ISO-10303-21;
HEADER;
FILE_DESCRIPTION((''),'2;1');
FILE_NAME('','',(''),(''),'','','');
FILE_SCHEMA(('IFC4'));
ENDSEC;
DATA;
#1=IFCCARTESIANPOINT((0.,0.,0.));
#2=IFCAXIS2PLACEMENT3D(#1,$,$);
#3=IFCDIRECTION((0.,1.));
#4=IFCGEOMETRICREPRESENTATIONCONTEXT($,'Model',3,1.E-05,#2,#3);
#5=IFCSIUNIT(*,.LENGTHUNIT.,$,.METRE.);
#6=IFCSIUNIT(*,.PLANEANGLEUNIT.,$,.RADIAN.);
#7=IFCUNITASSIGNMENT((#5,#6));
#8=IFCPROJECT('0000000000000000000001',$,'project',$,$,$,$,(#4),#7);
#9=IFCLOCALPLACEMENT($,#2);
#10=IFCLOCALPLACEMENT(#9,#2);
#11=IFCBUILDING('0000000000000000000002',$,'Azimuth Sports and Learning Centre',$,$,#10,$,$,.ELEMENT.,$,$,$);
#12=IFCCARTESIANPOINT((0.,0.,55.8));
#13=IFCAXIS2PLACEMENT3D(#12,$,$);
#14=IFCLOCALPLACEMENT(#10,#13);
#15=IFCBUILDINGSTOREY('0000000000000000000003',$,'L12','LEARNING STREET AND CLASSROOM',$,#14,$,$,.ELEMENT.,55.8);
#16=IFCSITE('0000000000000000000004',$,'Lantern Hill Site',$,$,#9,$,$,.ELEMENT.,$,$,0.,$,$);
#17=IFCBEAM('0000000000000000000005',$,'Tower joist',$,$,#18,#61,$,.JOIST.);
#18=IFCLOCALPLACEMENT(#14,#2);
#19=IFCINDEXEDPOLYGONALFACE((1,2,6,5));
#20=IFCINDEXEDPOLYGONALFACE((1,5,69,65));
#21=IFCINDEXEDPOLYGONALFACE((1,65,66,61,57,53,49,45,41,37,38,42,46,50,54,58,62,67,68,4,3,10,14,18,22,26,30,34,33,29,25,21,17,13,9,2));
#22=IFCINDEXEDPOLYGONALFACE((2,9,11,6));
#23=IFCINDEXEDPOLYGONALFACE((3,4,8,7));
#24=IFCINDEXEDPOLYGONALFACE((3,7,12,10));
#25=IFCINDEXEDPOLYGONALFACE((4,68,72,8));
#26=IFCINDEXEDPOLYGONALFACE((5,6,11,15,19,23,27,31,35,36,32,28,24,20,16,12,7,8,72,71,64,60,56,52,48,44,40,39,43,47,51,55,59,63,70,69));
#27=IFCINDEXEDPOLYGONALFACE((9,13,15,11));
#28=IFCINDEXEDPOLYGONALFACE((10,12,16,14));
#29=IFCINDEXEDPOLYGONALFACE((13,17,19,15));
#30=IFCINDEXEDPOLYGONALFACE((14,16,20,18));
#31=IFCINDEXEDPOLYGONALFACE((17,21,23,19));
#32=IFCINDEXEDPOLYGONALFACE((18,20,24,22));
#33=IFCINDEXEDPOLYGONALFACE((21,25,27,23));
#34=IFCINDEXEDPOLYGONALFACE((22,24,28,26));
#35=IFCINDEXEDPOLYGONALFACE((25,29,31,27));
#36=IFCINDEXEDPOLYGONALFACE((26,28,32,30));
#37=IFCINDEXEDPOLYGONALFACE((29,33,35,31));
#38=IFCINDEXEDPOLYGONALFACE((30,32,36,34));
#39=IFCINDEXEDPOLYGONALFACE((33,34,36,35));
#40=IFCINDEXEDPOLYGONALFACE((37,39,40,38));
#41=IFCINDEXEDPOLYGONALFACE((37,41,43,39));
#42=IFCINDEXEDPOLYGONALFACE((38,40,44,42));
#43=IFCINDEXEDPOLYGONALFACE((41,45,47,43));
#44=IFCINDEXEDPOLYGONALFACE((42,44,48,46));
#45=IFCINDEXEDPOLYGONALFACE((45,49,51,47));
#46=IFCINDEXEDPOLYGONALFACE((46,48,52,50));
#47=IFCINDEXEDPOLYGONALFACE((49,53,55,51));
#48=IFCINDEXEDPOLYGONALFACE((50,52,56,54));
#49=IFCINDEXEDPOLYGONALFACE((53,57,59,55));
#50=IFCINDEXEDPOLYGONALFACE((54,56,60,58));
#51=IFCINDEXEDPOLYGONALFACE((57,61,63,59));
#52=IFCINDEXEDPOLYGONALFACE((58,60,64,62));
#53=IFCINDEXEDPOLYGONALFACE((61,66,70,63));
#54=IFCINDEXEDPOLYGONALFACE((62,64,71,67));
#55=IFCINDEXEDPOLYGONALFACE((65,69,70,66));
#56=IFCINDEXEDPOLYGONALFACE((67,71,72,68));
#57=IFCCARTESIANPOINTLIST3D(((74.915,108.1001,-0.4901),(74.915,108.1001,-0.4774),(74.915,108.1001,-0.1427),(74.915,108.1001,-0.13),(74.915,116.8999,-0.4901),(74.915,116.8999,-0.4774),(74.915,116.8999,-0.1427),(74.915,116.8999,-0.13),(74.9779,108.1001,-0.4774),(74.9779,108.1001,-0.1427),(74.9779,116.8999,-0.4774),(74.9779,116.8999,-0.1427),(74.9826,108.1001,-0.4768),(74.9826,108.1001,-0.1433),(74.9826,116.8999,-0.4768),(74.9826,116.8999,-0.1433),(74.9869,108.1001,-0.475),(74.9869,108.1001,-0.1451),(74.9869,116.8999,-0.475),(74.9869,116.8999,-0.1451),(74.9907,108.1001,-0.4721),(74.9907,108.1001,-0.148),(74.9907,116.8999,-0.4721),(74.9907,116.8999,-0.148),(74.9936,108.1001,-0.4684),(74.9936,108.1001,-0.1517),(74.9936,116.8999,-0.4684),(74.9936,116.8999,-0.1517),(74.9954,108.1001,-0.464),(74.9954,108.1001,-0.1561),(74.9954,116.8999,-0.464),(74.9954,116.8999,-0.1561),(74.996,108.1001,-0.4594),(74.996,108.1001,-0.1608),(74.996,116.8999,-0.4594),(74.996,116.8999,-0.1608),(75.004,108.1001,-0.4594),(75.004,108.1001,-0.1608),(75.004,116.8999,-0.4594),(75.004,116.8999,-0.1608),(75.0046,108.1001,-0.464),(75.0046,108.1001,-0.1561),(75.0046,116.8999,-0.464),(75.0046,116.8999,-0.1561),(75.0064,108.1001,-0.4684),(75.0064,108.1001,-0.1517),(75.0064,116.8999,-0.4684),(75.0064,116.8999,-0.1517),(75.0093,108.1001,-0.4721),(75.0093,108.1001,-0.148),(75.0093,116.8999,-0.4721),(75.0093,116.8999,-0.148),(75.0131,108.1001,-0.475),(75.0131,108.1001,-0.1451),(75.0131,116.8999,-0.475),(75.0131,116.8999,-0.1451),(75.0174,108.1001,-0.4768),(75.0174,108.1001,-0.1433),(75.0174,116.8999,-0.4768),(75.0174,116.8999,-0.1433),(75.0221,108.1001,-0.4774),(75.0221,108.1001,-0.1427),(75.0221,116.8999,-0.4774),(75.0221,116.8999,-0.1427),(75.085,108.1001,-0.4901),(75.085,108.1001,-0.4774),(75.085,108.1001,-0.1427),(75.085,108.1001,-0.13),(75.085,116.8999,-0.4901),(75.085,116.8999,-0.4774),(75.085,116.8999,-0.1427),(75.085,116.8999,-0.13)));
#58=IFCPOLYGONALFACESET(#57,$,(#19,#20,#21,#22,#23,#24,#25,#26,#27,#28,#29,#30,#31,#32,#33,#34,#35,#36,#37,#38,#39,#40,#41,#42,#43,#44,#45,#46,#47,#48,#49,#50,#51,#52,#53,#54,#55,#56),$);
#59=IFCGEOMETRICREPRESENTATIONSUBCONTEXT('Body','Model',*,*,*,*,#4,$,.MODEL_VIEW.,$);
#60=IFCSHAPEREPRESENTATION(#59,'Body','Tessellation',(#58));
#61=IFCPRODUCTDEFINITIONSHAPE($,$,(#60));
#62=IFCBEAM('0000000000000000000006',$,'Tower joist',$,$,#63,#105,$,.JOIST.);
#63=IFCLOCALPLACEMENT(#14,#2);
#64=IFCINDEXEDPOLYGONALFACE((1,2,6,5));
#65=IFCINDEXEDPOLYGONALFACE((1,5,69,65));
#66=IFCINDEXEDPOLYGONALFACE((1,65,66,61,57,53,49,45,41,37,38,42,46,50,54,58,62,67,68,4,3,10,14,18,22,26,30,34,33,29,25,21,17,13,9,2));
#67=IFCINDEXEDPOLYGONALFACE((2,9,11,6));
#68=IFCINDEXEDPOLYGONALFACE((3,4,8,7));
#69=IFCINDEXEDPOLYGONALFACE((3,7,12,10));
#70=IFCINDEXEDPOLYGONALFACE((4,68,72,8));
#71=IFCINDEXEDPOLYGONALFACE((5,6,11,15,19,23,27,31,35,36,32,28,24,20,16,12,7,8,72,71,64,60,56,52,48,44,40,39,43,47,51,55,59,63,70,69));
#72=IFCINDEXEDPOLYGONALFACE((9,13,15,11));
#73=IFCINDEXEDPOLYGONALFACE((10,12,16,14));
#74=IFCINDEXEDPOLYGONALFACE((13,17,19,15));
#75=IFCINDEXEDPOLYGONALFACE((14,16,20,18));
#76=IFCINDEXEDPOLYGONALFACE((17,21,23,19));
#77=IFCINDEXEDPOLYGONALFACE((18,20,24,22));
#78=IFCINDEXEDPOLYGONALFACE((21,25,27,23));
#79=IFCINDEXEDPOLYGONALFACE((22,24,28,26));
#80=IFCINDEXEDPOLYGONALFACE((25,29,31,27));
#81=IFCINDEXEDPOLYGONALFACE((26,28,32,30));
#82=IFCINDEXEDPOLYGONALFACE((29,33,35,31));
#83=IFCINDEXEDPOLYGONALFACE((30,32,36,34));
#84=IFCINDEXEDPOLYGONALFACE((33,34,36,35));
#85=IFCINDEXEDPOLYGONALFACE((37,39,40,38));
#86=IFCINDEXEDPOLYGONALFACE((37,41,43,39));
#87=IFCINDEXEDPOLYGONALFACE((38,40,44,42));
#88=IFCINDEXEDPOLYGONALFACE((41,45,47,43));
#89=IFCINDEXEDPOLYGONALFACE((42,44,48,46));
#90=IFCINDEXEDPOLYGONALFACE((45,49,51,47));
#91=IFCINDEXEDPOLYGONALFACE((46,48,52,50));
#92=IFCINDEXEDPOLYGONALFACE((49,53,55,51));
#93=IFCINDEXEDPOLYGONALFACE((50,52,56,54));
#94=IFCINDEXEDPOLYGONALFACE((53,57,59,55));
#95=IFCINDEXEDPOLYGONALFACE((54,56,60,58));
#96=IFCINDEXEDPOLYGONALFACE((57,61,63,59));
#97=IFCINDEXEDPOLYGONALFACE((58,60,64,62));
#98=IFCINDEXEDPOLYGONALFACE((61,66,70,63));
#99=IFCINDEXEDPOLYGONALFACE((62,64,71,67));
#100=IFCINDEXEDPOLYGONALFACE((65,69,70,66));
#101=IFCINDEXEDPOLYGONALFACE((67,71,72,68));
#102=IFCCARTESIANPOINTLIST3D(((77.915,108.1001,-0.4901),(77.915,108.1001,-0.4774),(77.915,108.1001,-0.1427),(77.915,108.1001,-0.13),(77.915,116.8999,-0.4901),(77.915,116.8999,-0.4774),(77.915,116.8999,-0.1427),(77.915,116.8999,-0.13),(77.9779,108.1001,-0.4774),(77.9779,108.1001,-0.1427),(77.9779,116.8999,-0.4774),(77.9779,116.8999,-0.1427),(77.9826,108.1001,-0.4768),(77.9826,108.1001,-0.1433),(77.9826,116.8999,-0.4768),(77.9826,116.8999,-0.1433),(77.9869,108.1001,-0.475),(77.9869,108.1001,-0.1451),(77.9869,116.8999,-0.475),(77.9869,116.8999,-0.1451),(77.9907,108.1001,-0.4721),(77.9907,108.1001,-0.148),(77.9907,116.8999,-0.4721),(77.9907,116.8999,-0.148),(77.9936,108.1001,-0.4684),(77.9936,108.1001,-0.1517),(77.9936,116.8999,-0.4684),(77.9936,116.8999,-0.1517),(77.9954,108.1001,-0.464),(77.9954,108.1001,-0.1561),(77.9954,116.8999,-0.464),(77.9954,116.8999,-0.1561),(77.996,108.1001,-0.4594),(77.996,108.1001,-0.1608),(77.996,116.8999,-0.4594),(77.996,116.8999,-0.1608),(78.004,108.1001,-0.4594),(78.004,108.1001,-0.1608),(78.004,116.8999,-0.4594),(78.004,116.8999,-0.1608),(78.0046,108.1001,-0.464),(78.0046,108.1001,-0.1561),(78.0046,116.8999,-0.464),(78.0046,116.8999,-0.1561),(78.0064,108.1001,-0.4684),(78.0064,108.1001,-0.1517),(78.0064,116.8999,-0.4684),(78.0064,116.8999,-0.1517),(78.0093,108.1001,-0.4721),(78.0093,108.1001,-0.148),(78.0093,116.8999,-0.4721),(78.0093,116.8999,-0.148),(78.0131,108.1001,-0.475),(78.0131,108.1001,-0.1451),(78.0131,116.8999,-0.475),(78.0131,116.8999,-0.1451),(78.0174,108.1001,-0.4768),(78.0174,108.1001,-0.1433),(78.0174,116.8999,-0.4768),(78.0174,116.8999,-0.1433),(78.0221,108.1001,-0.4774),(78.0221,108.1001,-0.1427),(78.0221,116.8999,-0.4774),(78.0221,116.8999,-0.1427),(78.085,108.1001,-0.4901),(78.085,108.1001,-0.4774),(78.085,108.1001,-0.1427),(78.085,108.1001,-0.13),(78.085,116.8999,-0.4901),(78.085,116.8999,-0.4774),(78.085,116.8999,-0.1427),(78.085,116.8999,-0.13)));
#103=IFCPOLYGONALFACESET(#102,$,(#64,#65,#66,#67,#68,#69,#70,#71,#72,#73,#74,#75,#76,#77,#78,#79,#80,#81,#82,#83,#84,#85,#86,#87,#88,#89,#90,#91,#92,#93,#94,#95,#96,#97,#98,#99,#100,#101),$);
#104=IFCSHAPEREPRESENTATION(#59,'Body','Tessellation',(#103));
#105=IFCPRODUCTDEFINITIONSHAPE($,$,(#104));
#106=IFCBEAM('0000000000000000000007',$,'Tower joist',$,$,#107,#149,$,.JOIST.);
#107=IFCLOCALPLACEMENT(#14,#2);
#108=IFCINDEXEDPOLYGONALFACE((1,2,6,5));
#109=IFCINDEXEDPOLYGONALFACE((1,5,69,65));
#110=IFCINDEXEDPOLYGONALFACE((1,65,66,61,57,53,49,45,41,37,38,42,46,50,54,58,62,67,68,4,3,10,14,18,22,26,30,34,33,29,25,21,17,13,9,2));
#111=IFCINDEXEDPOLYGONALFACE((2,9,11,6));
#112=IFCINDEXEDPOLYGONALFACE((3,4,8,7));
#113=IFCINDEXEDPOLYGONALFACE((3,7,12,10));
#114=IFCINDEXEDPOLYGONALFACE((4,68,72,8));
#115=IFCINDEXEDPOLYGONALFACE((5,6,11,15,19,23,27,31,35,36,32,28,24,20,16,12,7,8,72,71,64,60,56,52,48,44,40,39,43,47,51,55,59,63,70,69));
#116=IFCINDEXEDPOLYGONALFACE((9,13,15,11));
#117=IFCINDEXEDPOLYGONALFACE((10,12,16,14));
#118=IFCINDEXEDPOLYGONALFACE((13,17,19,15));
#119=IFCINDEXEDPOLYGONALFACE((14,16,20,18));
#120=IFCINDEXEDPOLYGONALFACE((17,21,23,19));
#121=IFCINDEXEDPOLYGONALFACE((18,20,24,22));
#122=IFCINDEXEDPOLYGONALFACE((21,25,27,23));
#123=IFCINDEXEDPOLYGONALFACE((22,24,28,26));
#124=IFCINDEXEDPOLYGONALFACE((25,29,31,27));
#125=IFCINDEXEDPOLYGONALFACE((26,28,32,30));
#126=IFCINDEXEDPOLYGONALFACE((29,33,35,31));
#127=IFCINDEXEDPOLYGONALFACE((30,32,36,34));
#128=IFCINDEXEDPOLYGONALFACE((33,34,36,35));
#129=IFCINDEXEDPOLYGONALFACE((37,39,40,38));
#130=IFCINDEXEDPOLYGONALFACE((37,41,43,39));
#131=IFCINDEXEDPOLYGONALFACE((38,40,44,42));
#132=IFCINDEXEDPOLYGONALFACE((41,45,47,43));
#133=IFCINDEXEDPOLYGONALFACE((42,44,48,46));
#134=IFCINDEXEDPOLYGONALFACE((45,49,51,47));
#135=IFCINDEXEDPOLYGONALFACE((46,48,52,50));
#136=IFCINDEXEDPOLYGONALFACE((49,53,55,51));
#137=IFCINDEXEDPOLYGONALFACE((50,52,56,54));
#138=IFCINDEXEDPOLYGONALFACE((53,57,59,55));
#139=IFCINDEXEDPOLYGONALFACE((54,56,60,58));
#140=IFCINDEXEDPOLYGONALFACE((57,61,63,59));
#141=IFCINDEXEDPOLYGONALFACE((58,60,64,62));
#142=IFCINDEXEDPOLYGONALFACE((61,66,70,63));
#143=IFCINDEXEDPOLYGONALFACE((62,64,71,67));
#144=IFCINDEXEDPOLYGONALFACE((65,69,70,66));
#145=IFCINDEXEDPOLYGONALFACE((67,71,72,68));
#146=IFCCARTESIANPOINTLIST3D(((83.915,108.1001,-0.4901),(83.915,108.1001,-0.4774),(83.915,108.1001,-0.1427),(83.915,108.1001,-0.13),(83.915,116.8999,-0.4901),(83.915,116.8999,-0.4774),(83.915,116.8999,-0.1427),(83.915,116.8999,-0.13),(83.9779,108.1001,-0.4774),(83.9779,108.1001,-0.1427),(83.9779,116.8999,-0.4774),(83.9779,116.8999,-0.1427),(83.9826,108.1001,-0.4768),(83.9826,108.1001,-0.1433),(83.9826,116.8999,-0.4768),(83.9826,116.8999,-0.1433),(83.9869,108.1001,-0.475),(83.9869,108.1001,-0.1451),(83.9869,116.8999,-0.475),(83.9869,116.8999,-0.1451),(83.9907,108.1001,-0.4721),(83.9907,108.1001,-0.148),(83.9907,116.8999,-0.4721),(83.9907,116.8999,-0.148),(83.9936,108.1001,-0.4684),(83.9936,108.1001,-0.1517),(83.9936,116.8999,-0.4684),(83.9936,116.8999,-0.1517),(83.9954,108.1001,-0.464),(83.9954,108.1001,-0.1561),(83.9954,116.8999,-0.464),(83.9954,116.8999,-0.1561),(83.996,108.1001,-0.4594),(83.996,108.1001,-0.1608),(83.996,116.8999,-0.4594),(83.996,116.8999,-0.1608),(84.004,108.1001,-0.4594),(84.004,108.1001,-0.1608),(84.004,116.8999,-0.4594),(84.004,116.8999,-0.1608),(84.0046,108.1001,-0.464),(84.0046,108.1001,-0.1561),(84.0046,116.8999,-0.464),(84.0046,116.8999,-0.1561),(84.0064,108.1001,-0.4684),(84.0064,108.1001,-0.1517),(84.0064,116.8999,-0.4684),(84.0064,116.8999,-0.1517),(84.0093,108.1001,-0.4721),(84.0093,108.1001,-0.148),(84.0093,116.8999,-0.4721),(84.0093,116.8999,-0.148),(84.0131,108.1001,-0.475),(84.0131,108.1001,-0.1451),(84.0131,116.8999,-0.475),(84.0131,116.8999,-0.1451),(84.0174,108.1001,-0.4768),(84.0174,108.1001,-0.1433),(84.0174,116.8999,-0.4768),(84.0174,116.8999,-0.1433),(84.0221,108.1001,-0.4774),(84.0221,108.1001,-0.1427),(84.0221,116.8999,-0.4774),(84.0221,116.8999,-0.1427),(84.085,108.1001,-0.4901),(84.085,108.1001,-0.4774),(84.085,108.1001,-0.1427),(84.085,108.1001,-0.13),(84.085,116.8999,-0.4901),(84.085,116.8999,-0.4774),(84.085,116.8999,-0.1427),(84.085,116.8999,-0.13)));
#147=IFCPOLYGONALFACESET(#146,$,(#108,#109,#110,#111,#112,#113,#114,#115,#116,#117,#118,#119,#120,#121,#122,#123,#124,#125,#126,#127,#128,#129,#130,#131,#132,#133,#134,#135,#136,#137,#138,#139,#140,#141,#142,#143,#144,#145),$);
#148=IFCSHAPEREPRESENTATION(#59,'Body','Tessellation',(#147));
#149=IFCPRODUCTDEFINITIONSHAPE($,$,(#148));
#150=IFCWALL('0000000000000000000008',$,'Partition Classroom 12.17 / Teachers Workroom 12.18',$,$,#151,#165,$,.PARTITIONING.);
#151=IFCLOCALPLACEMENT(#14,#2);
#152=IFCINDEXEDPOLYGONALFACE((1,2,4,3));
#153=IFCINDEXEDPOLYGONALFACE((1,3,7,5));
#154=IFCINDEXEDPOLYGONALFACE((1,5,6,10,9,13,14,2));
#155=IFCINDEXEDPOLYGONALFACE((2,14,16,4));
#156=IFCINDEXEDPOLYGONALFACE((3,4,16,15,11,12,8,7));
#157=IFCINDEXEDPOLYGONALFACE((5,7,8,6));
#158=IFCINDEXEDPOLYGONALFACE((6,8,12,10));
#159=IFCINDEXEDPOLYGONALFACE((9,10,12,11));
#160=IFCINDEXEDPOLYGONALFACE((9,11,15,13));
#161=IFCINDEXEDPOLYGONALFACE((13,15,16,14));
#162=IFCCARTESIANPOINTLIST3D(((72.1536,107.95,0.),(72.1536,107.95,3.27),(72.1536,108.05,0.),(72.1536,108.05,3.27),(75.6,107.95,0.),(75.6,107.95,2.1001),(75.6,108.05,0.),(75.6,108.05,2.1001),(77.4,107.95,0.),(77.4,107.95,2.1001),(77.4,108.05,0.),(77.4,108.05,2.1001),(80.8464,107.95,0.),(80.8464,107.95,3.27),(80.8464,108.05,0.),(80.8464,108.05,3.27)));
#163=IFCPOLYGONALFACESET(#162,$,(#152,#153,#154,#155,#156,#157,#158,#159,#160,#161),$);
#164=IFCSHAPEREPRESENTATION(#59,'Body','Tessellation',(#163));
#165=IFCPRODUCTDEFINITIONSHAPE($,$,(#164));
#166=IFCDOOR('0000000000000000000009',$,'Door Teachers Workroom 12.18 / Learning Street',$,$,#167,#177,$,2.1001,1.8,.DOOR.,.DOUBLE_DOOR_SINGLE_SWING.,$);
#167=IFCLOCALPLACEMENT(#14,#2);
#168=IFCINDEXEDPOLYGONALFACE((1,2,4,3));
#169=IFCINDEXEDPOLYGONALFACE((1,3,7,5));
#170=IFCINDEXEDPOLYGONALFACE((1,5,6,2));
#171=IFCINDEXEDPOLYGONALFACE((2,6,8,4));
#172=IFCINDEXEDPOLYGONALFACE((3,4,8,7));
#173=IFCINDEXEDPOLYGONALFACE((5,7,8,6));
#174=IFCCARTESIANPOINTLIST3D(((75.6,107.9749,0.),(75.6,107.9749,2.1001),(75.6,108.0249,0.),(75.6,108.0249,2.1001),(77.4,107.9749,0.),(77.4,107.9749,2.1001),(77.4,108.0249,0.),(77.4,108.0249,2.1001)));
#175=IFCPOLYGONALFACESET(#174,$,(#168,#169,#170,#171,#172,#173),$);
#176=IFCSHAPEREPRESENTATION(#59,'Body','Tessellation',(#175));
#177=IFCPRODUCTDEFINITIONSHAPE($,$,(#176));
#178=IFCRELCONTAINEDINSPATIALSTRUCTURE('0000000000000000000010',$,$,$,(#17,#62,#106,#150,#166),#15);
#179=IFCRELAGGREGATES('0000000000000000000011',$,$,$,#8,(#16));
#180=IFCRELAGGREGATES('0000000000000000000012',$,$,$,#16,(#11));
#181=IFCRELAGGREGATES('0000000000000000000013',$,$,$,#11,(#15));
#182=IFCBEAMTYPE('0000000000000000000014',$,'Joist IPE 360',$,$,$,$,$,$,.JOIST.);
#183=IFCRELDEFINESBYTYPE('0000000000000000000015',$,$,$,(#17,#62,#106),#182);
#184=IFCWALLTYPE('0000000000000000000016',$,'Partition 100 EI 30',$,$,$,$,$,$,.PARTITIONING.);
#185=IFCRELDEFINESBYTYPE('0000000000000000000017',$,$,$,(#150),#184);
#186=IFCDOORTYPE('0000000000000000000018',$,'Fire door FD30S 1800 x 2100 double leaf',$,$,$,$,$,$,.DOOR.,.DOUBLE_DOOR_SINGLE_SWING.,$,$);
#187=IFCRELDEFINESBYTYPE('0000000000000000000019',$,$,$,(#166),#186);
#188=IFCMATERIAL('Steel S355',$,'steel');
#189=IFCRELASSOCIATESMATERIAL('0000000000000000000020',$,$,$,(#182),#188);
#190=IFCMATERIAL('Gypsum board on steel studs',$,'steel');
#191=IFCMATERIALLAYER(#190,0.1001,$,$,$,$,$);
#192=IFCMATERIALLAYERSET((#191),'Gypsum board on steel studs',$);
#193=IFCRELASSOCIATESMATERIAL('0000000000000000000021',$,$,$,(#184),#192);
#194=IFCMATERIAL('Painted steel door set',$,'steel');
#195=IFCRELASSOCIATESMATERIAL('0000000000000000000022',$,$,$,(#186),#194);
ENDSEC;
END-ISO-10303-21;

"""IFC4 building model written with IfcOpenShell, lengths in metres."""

from ifc_helpers import new_model, si_unit, direction, frame, frame_2d, origin, origin_2d, place, context, subcontext, project, spatial, rectangle, i_section, extrude, material, layer, layer_set, material_profile, profile_set, type_object, element, fill, save


model = new_model("IFC4")

# Units and contexts
model_context = context("Model", 3, precision=1e-05, world=origin(), true_north=direction((0.0, 1.0)))
body_context = subcontext(model_context, "Body", "Model", "MODEL_VIEW")
ifc_project = project(units=[si_unit("LENGTHUNIT", "METRE"), si_unit("PLANEANGLEUNIT", "RADIAN")], contexts=[model_context])

# Site, building, storey
site_placement = place(None, origin())
site = spatial("IfcSite", under=ifc_project, at=site_placement, Name="Lantern Hill Site", CompositionType="ELEMENT", RefElevation=0.0)
building_placement = place(site_placement, origin())
building = spatial("IfcBuilding", under=site, at=building_placement, Name="Azimuth Sports and Learning Centre", CompositionType="ELEMENT")
storey_placement = place(building_placement, frame((0.0, 0.0, 55.8)))
storey = spatial("IfcBuildingStorey", under=building, at=storey_placement, Name="L12", Description="LEARNING STREET AND CLASSROOM", CompositionType="ELEMENT", Elevation=55.8)

# Beams
ifc_material_1 = material(Name="Steel S355", Category="steel")
ifc_material_profile_1 = material_profile(ifc_material_1, i_section(OverallWidth=0.1699, OverallDepth=0.3601, WebThickness=0.0081, FlangeThickness=0.0127, FilletRadius=0.0181, at=origin_2d()), Name="IPE 360")
ifc_profile_set_1 = profile_set([ifc_material_profile_1], Name="Steel S355")
beam_type_1 = type_object("IfcBeamType", Name="Joist IPE 360", PredefinedType="JOIST", material=ifc_profile_set_1)
for number, where, z_axis, x_axis, name in (
    (1, (75.0, 108.1001, -0.3101), (0.0, 1.0, 0.0), (-1.0, 0.0, 0.0), "Tower joist"),
    (2, (78.0, 108.1001, -0.3101), (0.0, 1.0, 0.0), (-1.0, 0.0, 0.0), "Tower joist"),
    (3, (84.0, 108.1001, -0.3101), (0.0, 1.0, 0.0), (-1.0, 0.0, 0.0), "Tower joist"),
):
    element("IfcBeam", number, at=place(storey_placement, frame(where, z_axis=z_axis, x_axis=x_axis)), inside=storey, type_object=beam_type_1, Name=name, PredefinedType="JOIST", context=body_context, shape_type="SweptSolid", body=[
        extrude(i_section(OverallWidth=0.1699, OverallDepth=0.3601, WebThickness=0.0081, FlangeThickness=0.0127, FilletRadius=0.0181, at=origin_2d()), origin(), (0.0, 0.0, 1.0), 8.7998),
    ])

# Wall, opening, door
ifc_material_2 = material(Name="Gypsum board on steel studs", Category="steel")
ifc_layer_1 = layer(ifc_material_2, 0.1001)
ifc_layer_set_1 = layer_set([ifc_layer_1], Name="Gypsum board on steel studs")
wall_type_1 = type_object("IfcWallType", Name="Partition 100 EI 30", PredefinedType="PARTITIONING", material=ifc_layer_set_1)
wall_1_placement = place(storey_placement, frame((72.1536, 108.0, 0.0), z_axis=(0.0, 0.0, 1.0), x_axis=(1.0, 0.0, 0.0)))
wall_1 = element("IfcWall", 4, at=wall_1_placement, inside=storey, type_object=wall_type_1, Name="Partition Classroom 12.17 / Teachers Workroom 12.18", PredefinedType="PARTITIONING", context=body_context, shape_type="SweptSolid", body=[
    extrude(rectangle(XDim=8.6929, YDim=0.1001, at=frame_2d((4.3464, 0.0))), origin(), (0.0, 0.0, 1.0), 3.27),
])
opening_1_placement = place(wall_1_placement, frame((3.4465, 0.0, 0.0)))
opening_1 = element("IfcOpeningElement", 5, at=opening_1_placement, cuts=wall_1, PredefinedType="OPENING", context=body_context, shape_type="SweptSolid", body=[
    extrude(rectangle(XDim=1.8, YDim=2.1001, at=frame_2d((0.8999, 1.05))), frame((0.0, 0.061, 0.0), z_axis=(0.0, -1.0, 0.0), x_axis=(1.0, 0.0, 0.0)), (0.0, 0.0, 1.0), 0.1221),
])
ifc_material_3 = material(Name="Painted steel door set", Category="steel")
door_type_1 = type_object("IfcDoorType", Name="Fire door FD30S 1800 x 2100 double leaf", OperationType="DOUBLE_DOOR_SINGLE_SWING", PredefinedType="DOOR", material=ifc_material_3)
door_1_placement = place(opening_1_placement, origin())
door_1 = element("IfcDoor", 6, at=door_1_placement, inside=storey, type_object=door_type_1, Name="Door Teachers Workroom 12.18 / Learning Street", OperationType="DOUBLE_DOOR_SINGLE_SWING", OverallHeight=2.1001, OverallWidth=1.8, PredefinedType="DOOR", context=body_context, shape_type="SweptSolid", body=[
    extrude(rectangle(XDim=1.8, YDim=2.1001, at=frame_2d((0.8999, 1.05))), frame((0.0, 0.0249, 0.0), z_axis=(0.0, -1.0, 0.0), x_axis=(1.0, 0.0, 0.0)), (0.0, 0.0, 1.0), 0.05),
])
fill(opening_1, door_1)

save(model, "model.ifc")
